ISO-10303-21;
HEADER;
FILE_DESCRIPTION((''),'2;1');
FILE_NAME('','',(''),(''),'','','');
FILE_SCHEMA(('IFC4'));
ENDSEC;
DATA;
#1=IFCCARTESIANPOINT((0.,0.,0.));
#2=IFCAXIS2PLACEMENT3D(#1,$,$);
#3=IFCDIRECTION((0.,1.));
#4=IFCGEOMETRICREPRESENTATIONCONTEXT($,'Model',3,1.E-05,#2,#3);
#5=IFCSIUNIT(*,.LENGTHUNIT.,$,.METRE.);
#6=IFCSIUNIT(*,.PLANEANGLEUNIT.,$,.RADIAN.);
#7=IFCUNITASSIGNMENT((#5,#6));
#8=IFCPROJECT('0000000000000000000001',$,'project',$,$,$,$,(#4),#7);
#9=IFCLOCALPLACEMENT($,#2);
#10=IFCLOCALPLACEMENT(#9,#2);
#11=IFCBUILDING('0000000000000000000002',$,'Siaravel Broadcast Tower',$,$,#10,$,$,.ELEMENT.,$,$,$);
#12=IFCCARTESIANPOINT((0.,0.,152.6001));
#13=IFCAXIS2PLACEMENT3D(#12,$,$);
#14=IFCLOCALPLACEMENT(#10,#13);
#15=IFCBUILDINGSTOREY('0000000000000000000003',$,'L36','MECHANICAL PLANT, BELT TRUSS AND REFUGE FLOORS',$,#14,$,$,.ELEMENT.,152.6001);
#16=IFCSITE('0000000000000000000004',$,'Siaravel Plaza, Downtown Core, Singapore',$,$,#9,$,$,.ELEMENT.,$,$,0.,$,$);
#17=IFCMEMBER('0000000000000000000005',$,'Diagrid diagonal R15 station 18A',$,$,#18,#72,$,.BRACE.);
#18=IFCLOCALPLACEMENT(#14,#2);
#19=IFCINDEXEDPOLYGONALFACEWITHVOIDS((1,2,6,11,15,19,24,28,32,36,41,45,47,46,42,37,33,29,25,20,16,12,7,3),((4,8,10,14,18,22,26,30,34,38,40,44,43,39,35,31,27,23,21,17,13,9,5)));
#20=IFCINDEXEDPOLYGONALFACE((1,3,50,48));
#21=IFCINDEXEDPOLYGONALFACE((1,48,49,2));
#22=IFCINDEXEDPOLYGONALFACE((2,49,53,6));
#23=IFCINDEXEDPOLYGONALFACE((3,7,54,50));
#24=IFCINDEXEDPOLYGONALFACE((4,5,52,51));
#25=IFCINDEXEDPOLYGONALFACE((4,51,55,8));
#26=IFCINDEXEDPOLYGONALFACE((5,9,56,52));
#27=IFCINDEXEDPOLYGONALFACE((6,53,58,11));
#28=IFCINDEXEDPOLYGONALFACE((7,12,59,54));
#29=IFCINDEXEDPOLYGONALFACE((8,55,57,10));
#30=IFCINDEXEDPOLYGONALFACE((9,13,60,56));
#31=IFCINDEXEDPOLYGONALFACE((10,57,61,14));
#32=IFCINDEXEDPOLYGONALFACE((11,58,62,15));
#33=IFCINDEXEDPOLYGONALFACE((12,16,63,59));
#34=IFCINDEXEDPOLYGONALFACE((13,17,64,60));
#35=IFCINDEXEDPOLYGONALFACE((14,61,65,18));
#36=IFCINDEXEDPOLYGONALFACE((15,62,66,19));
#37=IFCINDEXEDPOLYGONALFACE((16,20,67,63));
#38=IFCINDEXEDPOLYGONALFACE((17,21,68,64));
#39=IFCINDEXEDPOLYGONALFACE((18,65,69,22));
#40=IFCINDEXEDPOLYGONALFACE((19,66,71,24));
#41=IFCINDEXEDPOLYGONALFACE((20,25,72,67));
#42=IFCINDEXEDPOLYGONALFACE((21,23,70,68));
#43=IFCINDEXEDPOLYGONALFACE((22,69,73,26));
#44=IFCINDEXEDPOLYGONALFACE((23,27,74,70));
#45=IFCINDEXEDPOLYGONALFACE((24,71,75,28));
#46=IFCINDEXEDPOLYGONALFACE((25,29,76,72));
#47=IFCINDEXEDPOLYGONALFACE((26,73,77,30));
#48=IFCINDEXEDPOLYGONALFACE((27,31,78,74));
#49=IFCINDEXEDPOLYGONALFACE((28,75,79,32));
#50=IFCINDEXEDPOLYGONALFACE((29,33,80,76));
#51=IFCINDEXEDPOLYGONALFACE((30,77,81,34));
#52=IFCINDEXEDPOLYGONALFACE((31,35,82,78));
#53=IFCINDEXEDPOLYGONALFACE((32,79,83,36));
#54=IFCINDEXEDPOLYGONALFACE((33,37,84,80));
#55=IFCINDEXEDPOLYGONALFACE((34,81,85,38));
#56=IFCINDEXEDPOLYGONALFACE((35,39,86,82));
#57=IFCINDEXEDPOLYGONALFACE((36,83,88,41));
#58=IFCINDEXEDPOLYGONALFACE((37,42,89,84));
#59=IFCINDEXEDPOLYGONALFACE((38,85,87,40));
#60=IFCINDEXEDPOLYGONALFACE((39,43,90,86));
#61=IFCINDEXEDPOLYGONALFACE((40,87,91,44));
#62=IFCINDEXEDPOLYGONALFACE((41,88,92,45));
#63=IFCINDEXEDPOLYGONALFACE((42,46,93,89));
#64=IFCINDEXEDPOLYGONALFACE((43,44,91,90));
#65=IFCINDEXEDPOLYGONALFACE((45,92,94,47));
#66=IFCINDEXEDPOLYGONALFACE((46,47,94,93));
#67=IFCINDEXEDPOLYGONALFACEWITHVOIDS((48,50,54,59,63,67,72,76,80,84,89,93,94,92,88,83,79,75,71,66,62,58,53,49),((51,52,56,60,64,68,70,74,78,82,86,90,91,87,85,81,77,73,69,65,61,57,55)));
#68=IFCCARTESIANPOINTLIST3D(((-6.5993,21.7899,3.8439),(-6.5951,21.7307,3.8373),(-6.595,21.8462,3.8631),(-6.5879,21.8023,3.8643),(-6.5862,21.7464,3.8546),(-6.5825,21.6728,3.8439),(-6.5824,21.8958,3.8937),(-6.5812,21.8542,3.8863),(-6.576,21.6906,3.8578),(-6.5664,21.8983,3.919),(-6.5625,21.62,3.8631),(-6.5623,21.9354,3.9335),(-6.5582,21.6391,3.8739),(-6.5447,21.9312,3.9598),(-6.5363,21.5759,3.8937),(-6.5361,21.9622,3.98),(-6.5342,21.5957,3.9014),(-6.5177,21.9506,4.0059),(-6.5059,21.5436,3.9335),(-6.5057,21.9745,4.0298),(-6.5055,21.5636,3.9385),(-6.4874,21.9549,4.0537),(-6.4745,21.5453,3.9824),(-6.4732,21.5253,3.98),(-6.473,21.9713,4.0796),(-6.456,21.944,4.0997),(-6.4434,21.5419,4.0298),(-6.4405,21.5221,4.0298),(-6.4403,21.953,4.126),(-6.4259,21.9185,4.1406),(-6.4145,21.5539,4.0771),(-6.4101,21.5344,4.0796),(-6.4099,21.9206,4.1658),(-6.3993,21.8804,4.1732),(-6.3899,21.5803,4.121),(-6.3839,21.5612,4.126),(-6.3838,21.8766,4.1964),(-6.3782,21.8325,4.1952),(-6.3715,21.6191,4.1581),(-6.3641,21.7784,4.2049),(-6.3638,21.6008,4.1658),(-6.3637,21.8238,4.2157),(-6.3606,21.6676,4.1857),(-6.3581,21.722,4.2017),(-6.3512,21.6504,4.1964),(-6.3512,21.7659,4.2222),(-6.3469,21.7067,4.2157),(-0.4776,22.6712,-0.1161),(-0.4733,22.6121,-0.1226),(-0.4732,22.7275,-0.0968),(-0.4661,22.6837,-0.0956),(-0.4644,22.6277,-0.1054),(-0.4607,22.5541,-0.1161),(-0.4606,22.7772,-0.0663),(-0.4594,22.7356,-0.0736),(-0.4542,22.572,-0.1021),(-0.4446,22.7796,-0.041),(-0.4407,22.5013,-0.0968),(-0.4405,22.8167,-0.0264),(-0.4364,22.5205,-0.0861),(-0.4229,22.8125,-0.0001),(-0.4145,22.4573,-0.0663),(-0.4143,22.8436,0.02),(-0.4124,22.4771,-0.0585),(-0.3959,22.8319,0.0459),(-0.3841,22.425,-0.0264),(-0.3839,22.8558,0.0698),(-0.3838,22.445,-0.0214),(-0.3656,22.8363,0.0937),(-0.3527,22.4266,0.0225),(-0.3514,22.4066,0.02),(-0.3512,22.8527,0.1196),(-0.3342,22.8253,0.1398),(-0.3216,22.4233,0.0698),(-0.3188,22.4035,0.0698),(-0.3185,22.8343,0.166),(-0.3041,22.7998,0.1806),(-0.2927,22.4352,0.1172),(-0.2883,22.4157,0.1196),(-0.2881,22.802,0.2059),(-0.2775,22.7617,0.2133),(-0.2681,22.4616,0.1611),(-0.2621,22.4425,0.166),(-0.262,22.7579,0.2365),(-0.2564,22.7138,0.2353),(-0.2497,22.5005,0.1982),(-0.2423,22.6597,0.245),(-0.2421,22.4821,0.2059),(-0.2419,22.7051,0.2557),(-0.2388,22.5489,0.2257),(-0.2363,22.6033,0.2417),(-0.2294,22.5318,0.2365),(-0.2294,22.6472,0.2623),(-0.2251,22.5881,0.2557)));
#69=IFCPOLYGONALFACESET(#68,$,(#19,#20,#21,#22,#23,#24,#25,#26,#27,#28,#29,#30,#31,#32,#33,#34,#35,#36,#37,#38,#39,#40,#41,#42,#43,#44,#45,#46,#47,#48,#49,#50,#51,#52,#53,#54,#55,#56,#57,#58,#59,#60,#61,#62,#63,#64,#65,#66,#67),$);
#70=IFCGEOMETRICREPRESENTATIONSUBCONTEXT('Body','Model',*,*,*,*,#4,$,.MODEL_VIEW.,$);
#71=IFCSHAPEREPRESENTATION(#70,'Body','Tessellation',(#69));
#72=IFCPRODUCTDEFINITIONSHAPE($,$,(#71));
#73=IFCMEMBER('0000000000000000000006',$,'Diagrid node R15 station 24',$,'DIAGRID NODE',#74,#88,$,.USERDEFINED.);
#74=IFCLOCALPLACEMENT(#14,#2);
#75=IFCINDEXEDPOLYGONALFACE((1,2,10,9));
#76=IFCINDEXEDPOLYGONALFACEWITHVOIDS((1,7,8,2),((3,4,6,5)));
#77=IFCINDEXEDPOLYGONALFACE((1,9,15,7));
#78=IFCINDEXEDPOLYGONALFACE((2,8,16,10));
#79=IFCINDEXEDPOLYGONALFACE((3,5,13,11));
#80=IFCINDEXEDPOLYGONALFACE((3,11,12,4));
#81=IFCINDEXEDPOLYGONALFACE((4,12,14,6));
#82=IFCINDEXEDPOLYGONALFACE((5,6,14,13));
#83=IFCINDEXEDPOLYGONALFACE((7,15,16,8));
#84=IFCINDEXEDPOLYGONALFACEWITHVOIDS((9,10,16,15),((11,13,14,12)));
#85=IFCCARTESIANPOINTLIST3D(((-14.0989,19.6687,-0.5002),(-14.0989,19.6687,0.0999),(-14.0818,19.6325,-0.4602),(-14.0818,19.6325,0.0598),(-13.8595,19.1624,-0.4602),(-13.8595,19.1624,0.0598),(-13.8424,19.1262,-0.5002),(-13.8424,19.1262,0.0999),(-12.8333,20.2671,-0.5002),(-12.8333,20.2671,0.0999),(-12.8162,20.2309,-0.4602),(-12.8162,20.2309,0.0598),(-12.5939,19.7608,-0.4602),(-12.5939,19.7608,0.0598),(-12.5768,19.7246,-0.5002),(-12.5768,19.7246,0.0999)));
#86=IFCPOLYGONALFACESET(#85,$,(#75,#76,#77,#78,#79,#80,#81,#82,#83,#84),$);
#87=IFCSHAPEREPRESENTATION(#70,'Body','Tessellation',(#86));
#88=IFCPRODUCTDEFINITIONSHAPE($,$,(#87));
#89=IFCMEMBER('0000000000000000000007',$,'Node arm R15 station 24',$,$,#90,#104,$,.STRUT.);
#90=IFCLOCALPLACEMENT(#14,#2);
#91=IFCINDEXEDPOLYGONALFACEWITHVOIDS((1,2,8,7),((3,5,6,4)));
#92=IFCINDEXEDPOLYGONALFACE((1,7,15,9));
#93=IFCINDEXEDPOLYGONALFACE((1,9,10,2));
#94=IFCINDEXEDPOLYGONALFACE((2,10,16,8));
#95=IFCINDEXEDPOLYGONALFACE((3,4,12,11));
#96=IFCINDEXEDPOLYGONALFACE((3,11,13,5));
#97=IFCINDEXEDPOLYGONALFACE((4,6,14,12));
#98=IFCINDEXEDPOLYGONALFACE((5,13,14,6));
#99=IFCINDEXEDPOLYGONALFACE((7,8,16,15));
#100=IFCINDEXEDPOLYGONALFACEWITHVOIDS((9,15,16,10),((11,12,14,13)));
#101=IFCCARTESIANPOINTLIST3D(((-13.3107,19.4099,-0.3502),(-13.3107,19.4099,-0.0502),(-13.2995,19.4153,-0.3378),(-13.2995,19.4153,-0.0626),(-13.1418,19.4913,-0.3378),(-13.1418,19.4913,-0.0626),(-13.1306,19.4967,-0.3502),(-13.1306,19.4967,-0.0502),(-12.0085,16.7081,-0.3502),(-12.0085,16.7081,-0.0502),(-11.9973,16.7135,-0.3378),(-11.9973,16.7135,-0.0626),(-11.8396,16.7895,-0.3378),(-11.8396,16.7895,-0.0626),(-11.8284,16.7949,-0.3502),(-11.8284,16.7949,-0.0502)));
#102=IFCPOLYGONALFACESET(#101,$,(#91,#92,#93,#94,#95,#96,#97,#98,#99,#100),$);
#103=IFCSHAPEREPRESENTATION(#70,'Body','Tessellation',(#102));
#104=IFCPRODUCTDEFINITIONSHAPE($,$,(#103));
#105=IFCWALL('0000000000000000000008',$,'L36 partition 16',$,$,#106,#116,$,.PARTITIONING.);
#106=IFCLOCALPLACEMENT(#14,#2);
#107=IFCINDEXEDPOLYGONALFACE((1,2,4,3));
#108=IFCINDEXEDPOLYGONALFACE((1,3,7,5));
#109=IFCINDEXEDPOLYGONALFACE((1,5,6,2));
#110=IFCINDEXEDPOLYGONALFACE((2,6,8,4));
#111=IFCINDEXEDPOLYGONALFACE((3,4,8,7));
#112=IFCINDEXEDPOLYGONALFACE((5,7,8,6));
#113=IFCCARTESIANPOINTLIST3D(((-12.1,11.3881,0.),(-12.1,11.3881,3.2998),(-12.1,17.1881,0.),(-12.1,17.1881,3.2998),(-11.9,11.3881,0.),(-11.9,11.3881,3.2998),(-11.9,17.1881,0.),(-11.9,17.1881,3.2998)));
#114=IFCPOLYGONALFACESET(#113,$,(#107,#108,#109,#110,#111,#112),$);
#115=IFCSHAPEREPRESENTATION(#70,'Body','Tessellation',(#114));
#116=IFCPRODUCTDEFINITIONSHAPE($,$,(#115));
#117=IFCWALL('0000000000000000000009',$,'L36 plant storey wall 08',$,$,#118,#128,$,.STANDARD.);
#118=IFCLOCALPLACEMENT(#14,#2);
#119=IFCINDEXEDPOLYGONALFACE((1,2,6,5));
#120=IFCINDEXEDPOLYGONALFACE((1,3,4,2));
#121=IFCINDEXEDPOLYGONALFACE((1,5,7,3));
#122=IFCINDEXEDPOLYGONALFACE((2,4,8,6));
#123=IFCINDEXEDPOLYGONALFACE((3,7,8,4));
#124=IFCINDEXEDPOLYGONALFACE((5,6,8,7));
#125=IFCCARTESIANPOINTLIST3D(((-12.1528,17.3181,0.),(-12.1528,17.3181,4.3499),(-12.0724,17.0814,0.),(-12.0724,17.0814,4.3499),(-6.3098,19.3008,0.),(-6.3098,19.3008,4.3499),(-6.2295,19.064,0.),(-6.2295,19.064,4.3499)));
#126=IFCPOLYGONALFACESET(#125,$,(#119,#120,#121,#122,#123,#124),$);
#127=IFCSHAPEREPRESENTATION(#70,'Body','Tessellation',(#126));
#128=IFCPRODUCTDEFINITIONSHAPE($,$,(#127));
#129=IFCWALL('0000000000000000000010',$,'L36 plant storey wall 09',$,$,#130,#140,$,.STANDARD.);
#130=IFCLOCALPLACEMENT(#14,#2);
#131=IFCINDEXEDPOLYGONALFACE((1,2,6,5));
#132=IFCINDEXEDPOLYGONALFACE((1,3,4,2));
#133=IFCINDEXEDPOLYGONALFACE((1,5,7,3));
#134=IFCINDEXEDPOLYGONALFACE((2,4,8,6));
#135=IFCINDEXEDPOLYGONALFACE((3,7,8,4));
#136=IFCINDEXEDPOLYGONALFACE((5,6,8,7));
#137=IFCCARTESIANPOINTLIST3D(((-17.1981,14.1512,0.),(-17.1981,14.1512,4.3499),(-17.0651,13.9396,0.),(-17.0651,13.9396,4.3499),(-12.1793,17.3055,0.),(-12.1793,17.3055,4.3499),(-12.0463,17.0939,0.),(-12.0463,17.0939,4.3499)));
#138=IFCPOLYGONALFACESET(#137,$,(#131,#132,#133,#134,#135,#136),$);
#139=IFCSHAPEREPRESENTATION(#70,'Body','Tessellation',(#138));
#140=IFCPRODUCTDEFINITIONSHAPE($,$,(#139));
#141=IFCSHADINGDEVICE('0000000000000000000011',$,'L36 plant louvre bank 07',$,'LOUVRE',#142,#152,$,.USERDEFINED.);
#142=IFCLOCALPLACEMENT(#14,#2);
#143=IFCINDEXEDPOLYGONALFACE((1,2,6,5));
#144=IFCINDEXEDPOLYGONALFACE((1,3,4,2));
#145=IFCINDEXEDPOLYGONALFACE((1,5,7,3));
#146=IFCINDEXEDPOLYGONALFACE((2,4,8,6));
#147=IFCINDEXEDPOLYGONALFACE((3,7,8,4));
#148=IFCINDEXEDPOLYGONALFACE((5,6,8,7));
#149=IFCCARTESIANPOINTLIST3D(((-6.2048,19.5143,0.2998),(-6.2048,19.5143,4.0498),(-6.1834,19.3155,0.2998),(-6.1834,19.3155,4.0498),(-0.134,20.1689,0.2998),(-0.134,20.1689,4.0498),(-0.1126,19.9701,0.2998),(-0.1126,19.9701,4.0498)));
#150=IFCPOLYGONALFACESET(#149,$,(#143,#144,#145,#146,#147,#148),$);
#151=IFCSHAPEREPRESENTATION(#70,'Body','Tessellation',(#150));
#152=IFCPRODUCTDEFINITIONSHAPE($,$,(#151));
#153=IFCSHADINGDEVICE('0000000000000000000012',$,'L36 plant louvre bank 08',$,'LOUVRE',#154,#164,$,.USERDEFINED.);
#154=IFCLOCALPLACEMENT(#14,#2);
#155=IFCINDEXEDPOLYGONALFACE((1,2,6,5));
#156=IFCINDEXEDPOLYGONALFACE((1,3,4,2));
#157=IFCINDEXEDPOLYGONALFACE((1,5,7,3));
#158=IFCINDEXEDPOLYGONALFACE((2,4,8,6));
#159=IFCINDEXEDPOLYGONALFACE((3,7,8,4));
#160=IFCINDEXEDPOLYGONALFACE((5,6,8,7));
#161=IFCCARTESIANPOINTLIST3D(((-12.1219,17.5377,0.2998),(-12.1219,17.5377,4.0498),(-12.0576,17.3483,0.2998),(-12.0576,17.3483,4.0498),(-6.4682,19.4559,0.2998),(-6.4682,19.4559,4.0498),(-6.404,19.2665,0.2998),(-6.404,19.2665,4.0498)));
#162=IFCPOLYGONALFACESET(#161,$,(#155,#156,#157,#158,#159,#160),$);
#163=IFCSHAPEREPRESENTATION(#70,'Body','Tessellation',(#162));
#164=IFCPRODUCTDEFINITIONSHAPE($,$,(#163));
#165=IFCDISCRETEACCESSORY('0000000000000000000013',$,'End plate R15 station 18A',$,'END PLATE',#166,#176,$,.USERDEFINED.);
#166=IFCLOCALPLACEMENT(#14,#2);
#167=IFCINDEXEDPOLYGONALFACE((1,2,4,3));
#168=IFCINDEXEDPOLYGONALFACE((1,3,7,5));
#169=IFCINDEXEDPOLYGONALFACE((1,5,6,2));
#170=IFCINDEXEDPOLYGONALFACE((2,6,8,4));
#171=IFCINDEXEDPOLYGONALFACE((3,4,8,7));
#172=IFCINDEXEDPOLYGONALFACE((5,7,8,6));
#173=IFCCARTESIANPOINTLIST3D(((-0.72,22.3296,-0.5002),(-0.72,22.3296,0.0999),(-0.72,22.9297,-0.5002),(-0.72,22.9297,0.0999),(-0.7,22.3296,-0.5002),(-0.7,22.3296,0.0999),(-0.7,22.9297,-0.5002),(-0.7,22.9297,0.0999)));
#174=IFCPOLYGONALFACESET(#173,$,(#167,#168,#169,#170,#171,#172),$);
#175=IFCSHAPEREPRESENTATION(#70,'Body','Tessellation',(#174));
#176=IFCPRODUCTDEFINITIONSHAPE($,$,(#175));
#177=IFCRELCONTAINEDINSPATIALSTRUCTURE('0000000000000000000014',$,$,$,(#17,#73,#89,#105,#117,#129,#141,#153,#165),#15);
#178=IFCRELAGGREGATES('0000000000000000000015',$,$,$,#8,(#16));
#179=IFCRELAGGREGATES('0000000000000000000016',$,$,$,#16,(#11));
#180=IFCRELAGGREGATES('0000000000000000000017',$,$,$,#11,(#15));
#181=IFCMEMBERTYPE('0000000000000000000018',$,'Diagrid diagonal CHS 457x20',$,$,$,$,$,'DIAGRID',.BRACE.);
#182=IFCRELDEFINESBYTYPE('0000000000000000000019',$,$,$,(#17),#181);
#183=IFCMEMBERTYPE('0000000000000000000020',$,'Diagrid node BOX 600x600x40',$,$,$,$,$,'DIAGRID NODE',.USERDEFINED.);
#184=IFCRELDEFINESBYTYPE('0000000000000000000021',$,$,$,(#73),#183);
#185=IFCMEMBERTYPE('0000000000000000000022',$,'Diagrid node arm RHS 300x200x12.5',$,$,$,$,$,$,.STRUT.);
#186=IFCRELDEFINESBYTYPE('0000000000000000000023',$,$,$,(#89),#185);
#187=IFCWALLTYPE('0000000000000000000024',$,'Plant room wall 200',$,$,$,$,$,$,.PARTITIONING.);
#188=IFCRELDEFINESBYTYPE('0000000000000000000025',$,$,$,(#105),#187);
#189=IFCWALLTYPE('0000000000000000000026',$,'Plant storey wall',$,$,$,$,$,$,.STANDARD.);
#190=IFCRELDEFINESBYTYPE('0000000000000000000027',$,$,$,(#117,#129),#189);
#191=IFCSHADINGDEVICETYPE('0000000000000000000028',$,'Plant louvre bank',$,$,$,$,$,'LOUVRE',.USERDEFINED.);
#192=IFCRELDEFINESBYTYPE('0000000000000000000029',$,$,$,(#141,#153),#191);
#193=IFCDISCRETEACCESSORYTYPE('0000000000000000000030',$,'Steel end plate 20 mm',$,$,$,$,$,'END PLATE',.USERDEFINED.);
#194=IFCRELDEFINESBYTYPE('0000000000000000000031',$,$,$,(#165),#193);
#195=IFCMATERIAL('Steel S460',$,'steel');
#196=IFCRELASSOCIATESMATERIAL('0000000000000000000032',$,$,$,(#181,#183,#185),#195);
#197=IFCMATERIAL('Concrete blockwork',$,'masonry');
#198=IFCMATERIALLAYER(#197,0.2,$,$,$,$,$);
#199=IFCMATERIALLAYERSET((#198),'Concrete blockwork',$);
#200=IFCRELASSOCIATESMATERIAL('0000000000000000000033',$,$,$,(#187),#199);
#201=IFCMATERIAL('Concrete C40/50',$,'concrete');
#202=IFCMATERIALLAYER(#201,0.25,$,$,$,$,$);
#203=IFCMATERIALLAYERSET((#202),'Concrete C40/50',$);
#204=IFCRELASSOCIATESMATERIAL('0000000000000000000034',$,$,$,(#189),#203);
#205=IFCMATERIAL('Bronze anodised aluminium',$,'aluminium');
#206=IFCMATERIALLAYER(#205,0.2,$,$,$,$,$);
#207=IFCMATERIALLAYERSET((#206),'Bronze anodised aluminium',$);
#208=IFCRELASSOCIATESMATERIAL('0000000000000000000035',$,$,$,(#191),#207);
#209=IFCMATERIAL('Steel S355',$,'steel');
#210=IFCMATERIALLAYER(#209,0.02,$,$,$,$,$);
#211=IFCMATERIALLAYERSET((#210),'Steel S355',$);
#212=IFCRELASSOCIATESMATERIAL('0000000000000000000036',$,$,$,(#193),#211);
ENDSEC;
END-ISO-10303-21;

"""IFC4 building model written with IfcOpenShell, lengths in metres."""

from ifc_helpers import new_model, si_unit, direction, frame, frame_2d, origin, origin_2d, place, context, subcontext, project, spatial, rectangle, hollow_rectangle, hollow_circle, extrude, material, layer, layer_set, material_profile, profile_set, type_object, element, save


model = new_model("IFC4")

# Units and contexts
model_context = context("Model", 3, precision=1e-05, world=origin(), true_north=direction((0.0, 1.0)))
body_context = subcontext(model_context, "Body", "Model", "MODEL_VIEW")
ifc_project = project(units=[si_unit("LENGTHUNIT", "METRE"), si_unit("PLANEANGLEUNIT", "RADIAN")], contexts=[model_context])

# Site, building, storey
site_placement = place(None, origin())
site = spatial("IfcSite", under=ifc_project, at=site_placement, Name="Siaravel Plaza, Downtown Core, Singapore", CompositionType="ELEMENT", RefElevation=0.0)
building_placement = place(site_placement, origin())
building = spatial("IfcBuilding", under=site, at=building_placement, Name="Siaravel Broadcast Tower", CompositionType="ELEMENT")
storey_placement = place(building_placement, frame((0.0, 0.0, 152.6001)))
storey = spatial("IfcBuildingStorey", under=building, at=storey_placement, Name="L36", Description="MECHANICAL PLANT, BELT TRUSS AND REFUGE FLOORS", CompositionType="ELEMENT", Elevation=152.6001)

# Shared definitions
ifc_material_1 = material(Name="Steel S355", Category="steel")
ifc_material_2 = material(Name="Steel S460", Category="steel")

# Members
ifc_material_profile_1 = material_profile(ifc_material_2, hollow_circle(Radius=0.2285, WallThickness=0.02, at=origin_2d()))
ifc_profile_set_1 = profile_set([ifc_material_profile_1], Name="Steel S460")
member_type_1 = type_object("IfcMemberType", Name="Diagrid diagonal CHS 457x20", ElementType="DIAGRID", PredefinedType="BRACE", material=ifc_profile_set_1)
member_1_placement = place(storey_placement, frame((-0.3513, 22.6296, 0.0698), z_axis=(-0.833578, -0.120009, 0.539208), x_axis=(0.142499, -0.989795, 0.0)))
element("IfcMember", 1, at=member_1_placement, inside=storey, type_object=member_type_1, Name="Diagrid diagonal R15 station 18A", PredefinedType="BRACE", context=body_context, shape_type="SweptSolid", body=[
    extrude(hollow_circle(Radius=0.2285, WallThickness=0.02, at=origin_2d()), origin(), (0.0, 0.0, 1.0), 7.344),
])
ifc_material_profile_2 = material_profile(ifc_material_2, hollow_rectangle(XDim=0.6001, YDim=0.6001, WallThickness=0.04, at=origin_2d()))
ifc_profile_set_2 = profile_set([ifc_material_profile_2], Name="Steel S460")
member_type_2 = type_object("IfcMemberType", Name="Diagrid node BOX 600x600x40", ElementType="DIAGRID NODE", PredefinedType="USERDEFINED", material=ifc_profile_set_2)
member_2_placement = place(storey_placement, frame((-12.7051, 19.9958, -0.2002), z_axis=(-0.904047, -0.427434, 0.0), x_axis=(0.427434, -0.904047, 0.0)))
element("IfcMember", 2, at=member_2_placement, inside=storey, type_object=member_type_2, Name="Diagrid node R15 station 24", ObjectType="DIAGRID NODE", PredefinedType="USERDEFINED", context=body_context, shape_type="SweptSolid", body=[
    extrude(hollow_rectangle(XDim=0.6001, YDim=0.6001, WallThickness=0.04, at=origin_2d()), origin(), (0.0, 0.0, 1.0), 1.3999),
])
ifc_material_profile_3 = material_profile(ifc_material_2, hollow_rectangle(XDim=0.2, YDim=0.3, WallThickness=0.0125, at=origin_2d()))
ifc_profile_set_3 = profile_set([ifc_material_profile_3], Name="Steel S460")
member_type_3 = type_object("IfcMemberType", Name="Diagrid node arm RHS 300x200x12.5", PredefinedType="STRUT", material=ifc_profile_set_3)
member_3_placement = place(storey_placement, frame((-11.9185, 16.7515, -0.2002), z_axis=(-0.434175, 0.900828, 0.0), x_axis=(-0.900828, -0.434175, 0.0)))
element("IfcMember", 3, at=member_3_placement, inside=storey, type_object=member_type_3, Name="Node arm R15 station 24", PredefinedType="STRUT", context=body_context, shape_type="SweptSolid", body=[
    extrude(hollow_rectangle(XDim=0.2, YDim=0.3, WallThickness=0.0125, at=origin_2d()), origin(), (0.0, 0.0, 1.0), 2.9993),
])

# Walls
ifc_material_3 = material(Name="Concrete blockwork", Category="masonry")
ifc_layer_1 = layer(ifc_material_3, 0.2)
ifc_layer_set_1 = layer_set([ifc_layer_1], Name="Concrete blockwork")
wall_type_1 = type_object("IfcWallType", Name="Plant room wall 200", PredefinedType="PARTITIONING", material=ifc_layer_set_1)
wall_1_placement = place(storey_placement, frame((-12.0, 17.188, 0.0), z_axis=(0.0, 0.0, 1.0), x_axis=(0.0, -1.0, 0.0)))
element("IfcWall", 4, at=wall_1_placement, inside=storey, type_object=wall_type_1, Name="L36 partition 16", PredefinedType="PARTITIONING", context=body_context, shape_type="SweptSolid", body=[
    extrude(rectangle(XDim=5.8, YDim=0.2, at=frame_2d((2.8999, 0.0))), origin(), (0.0, 0.0, 1.0), 3.2998),
])
ifc_material_4 = material(Name="Concrete C40/50", Category="concrete")
ifc_layer_2 = layer(ifc_material_4, 0.25)
ifc_layer_set_2 = layer_set([ifc_layer_2], Name="Concrete C40/50")
wall_type_2 = type_object("IfcWallType", Name="Plant storey wall", PredefinedType="STANDARD", material=ifc_layer_set_2)
wall_2_placement = place(storey_placement, frame((-6.2698, 19.1824, 0.0), z_axis=(0.0, 0.0, 1.0), x_axis=(-0.946968, -0.321327, 0.0)))
element("IfcWall", 5, at=wall_2_placement, inside=storey, type_object=wall_type_2, Name="L36 plant storey wall 08", PredefinedType="STANDARD", context=body_context, shape_type="SweptSolid", body=[
    extrude(rectangle(XDim=6.1702, YDim=0.25, at=frame_2d((3.085, 0.0))), origin(), (0.0, 0.0, 1.0), 4.3499),
])
wall_3_placement = place(storey_placement, frame((-12.1128, 17.1997, 0.0), z_axis=(0.0, 0.0, 1.0), x_axis=(-0.846665, -0.532126, 0.0)))
element("IfcWall", 6, at=wall_3_placement, inside=storey, type_object=wall_type_2, Name="L36 plant storey wall 09", PredefinedType="STANDARD", context=body_context, shape_type="SweptSolid", body=[
    extrude(rectangle(XDim=5.9277, YDim=0.25, at=frame_2d((2.9639, 0.0))), origin(), (0.0, 0.0, 1.0), 4.3499),
])

# Shading devices
ifc_material_5 = material(Name="Bronze anodised aluminium", Category="aluminium")
ifc_layer_3 = layer(ifc_material_5, 0.2)
ifc_layer_set_3 = layer_set([ifc_layer_3], Name="Bronze anodised aluminium")
shading_device_type = type_object("IfcShadingDeviceType", Name="Plant louvre bank", ElementType="LOUVRE", PredefinedType="USERDEFINED", material=ifc_layer_set_3)
shading_device_1_placement = place(storey_placement, frame((-3.1587, 19.7422, 0.2998), z_axis=(0.0, 0.0, 1.0), x_axis=(-0.994236, -0.107217, 0.0)))
element("IfcShadingDevice", 7, at=shading_device_1_placement, inside=storey, type_object=shading_device_type, Name="L36 plant louvre bank 07", ObjectType="LOUVRE", PredefinedType="USERDEFINED", context=body_context, shape_type="SweptSolid", body=[
    extrude(rectangle(XDim=6.106, YDim=0.2, at=origin_2d()), origin(), (0.0, 0.0, 1.0), 3.75),
])
shading_device_2_placement = place(storey_placement, frame((-9.2629, 18.4021, 0.2998), z_axis=(0.0, 0.0, 1.0), x_axis=(-0.946977, -0.321301, 0.0)))
element("IfcShadingDevice", 8, at=shading_device_2_placement, inside=storey, type_object=shading_device_type, Name="L36 plant louvre bank 08", ObjectType="LOUVRE", PredefinedType="USERDEFINED", context=body_context, shape_type="SweptSolid", body=[
    extrude(rectangle(XDim=5.9702, YDim=0.2, at=origin_2d()), origin(), (0.0, 0.0, 1.0), 3.75),
])

# Discrete accessory
ifc_layer_4 = layer(ifc_material_1, 0.02)
ifc_layer_set_4 = layer_set([ifc_layer_4], Name="Steel S355")
discrete_accessory_type = type_object("IfcDiscreteAccessoryType", Name="Steel end plate 20 mm", ElementType="END PLATE", PredefinedType="USERDEFINED", material=ifc_layer_set_4)
for number, where, z_axis, x_axis, name in (
    (9, (-0.71, 22.6296, -0.5002), (0.0, 0.0, 1.0), (-1.0, 0.0, 0.0), "End plate R15 station 18A"),
):
    element("IfcDiscreteAccessory", number, at=place(storey_placement, frame(where, z_axis=z_axis, x_axis=x_axis)), inside=storey, type_object=discrete_accessory_type, Name=name, ObjectType="END PLATE", PredefinedType="USERDEFINED", context=body_context, shape_type="SweptSolid", body=[
        extrude(rectangle(XDim=0.02, YDim=0.6001, at=origin_2d()), origin(), (0.0, 0.0, 1.0), 0.6001),
    ])

save(model, "model.ifc")
